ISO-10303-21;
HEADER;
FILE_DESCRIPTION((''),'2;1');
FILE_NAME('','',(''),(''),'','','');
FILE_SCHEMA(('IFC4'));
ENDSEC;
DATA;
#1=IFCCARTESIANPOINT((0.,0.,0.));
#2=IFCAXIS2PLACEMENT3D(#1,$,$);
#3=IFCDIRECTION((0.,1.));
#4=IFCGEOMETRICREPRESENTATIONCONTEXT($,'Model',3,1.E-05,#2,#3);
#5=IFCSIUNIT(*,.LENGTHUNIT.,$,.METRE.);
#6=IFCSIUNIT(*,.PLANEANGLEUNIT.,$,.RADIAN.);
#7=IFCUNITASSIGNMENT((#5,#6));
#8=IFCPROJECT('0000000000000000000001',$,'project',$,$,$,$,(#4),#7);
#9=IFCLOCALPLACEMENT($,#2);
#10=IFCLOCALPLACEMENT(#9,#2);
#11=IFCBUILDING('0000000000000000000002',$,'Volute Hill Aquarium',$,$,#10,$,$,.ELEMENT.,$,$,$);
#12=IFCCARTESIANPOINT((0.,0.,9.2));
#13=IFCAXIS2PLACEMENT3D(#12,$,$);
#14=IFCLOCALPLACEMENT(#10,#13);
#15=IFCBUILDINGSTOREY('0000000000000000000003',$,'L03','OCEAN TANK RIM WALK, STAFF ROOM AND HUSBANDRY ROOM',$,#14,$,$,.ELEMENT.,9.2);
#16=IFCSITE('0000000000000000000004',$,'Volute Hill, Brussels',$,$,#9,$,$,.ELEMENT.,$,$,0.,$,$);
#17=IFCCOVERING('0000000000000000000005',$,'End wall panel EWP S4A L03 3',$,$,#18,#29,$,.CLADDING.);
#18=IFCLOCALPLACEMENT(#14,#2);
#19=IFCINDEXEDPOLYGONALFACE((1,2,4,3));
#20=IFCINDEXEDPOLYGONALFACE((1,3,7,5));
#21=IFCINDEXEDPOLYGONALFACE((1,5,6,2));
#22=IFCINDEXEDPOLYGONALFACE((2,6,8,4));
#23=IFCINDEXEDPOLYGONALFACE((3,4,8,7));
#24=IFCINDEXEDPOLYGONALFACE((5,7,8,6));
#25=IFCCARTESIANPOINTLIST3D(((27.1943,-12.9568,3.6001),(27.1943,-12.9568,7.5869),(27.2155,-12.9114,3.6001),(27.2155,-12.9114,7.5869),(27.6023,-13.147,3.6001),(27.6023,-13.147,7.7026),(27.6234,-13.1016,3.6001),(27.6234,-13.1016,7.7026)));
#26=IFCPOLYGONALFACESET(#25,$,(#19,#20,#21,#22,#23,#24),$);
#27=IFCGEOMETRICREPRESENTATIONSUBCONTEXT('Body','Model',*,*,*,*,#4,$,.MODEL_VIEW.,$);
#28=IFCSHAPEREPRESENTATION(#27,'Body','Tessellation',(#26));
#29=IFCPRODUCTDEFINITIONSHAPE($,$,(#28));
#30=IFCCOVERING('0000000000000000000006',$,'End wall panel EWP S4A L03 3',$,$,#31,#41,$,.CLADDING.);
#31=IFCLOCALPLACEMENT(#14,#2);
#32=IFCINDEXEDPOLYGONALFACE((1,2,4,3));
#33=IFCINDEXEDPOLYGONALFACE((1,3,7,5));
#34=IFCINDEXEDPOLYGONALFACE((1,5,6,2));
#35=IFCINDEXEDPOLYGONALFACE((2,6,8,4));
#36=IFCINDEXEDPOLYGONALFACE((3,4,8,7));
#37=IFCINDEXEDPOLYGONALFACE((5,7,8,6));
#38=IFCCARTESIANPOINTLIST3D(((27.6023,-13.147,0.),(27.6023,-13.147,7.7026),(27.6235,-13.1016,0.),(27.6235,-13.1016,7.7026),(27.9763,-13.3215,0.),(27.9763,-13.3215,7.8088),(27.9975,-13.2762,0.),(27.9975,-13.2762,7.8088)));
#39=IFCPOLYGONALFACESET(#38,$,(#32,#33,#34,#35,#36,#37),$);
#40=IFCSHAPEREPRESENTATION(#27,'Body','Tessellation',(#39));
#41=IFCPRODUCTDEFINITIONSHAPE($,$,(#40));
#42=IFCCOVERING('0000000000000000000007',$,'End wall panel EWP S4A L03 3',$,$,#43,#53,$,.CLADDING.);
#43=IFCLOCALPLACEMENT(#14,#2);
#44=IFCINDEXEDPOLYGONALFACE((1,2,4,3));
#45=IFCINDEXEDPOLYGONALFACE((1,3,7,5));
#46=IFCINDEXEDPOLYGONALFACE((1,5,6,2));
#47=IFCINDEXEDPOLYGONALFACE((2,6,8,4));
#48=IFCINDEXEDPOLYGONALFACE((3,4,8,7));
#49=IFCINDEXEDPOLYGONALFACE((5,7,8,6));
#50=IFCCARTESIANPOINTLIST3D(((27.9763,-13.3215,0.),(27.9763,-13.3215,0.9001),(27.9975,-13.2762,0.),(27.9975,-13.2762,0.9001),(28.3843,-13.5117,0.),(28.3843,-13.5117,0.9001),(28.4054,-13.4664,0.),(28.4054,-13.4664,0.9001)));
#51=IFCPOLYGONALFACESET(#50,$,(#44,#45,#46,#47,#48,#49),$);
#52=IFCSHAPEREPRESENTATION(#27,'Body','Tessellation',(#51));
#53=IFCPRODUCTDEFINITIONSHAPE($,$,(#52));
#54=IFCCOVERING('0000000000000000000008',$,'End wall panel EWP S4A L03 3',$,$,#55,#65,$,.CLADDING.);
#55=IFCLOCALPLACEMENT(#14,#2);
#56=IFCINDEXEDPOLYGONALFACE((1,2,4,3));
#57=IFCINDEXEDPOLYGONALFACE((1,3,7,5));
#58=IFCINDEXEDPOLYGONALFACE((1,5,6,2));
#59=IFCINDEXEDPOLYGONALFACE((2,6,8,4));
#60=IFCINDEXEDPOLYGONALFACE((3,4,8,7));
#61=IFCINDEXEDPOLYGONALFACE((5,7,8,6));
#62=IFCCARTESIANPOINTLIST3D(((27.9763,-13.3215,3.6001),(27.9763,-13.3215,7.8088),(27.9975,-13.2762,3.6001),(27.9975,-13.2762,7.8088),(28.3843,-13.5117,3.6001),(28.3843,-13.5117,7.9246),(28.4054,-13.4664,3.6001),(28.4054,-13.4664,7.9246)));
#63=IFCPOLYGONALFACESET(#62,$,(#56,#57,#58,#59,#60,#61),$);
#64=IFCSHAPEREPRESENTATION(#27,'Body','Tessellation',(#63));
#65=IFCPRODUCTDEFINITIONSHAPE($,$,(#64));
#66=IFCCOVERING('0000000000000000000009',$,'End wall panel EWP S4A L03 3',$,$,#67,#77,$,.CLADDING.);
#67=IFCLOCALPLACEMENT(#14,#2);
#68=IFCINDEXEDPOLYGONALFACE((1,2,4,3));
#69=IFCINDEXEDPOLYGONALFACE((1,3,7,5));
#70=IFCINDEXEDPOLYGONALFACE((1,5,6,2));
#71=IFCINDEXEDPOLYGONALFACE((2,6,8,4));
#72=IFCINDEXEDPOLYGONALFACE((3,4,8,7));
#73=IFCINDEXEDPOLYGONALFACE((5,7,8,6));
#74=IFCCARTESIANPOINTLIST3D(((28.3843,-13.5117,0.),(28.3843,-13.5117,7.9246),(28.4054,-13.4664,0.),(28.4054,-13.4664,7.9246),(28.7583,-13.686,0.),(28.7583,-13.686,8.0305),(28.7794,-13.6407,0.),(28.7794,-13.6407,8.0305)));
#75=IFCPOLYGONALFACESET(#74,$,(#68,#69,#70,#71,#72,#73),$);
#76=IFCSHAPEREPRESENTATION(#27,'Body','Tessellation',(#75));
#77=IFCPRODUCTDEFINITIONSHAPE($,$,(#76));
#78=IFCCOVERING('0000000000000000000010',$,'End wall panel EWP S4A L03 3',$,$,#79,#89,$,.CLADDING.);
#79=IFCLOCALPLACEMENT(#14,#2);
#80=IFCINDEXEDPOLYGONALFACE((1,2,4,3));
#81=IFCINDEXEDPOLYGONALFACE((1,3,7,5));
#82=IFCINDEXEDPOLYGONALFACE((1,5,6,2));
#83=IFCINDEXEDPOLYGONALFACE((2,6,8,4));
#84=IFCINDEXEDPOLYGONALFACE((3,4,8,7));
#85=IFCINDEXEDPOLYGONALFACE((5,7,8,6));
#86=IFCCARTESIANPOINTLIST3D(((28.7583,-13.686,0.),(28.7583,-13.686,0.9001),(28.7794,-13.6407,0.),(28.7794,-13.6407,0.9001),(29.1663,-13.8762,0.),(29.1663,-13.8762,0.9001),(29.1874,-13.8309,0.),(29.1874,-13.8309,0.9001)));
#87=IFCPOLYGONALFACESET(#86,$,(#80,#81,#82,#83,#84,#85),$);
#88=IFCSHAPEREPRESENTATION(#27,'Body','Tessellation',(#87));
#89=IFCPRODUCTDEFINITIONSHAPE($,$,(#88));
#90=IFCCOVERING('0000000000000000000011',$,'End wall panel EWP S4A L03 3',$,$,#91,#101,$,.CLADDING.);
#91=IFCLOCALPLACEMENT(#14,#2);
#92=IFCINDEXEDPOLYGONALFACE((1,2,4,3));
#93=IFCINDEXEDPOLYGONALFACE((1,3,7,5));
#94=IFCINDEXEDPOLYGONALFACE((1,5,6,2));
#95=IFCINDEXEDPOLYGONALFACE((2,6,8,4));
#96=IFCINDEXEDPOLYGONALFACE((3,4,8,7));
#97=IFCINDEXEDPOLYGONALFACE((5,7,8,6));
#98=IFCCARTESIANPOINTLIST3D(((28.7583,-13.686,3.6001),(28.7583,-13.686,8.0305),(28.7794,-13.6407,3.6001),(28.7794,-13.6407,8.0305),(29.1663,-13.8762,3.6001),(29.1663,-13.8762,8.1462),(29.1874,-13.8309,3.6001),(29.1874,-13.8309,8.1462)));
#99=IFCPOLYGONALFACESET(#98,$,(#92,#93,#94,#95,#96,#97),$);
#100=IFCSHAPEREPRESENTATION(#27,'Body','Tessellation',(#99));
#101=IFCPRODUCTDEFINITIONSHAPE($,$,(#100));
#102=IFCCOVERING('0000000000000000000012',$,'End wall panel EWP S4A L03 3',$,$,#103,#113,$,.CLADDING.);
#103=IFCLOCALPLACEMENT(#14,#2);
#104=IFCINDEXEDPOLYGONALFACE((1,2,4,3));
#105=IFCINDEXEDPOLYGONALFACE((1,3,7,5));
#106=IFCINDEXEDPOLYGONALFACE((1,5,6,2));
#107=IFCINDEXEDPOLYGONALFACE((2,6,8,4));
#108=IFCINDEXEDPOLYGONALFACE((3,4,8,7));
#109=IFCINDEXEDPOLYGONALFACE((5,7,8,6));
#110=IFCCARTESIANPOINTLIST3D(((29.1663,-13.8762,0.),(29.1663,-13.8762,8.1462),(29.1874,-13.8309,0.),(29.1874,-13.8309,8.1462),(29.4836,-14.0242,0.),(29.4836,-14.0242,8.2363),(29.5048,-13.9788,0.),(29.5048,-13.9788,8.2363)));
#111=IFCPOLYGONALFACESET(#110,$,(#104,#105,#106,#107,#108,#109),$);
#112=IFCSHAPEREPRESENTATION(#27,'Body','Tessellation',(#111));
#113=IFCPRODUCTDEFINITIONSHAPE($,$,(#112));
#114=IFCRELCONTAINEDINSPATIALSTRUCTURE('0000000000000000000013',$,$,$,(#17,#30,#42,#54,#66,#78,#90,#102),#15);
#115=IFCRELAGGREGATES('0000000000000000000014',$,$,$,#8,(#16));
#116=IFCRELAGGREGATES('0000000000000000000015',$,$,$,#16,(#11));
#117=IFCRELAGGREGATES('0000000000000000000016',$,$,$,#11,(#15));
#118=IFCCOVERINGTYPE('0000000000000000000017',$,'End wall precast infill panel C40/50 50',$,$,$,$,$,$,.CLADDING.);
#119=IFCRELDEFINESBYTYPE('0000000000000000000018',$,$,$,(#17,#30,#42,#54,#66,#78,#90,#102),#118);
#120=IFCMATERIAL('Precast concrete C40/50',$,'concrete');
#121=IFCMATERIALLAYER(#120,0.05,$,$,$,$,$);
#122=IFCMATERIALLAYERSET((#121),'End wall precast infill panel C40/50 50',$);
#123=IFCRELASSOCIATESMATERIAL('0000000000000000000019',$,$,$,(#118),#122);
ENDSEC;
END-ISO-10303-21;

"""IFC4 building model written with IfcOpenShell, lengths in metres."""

from ifc_helpers import new_model, si_unit, direction, frame, origin, place, context, subcontext, project, spatial, polyline, outline, extrude, material, layer, layer_set, type_object, element, save


model = new_model("IFC4")

# Units and contexts
model_context = context("Model", 3, precision=1e-05, world=origin(), true_north=direction((0.0, 1.0)))
body_context = subcontext(model_context, "Body", "Model", "MODEL_VIEW")
ifc_project = project(units=[si_unit("LENGTHUNIT", "METRE"), si_unit("PLANEANGLEUNIT", "RADIAN")], contexts=[model_context])

# Site, building, storey
site_placement = place(None, origin())
site = spatial("IfcSite", under=ifc_project, at=site_placement, Name="Volute Hill, Brussels", CompositionType="ELEMENT", RefElevation=0.0)
building_placement = place(site_placement, origin())
building = spatial("IfcBuilding", under=site, at=building_placement, Name="Volute Hill Aquarium", CompositionType="ELEMENT")
storey_placement = place(building_placement, frame((0.0, 0.0, 9.2)))
storey = spatial("IfcBuildingStorey", under=building, at=storey_placement, Name="L03", Description="OCEAN TANK RIM WALK, STAFF ROOM AND HUSBANDRY ROOM", CompositionType="ELEMENT", Elevation=9.2)

# Coverings
ifc_material_1 = material(Name="Precast concrete C40/50", Category="concrete")
ifc_layer_1 = layer(ifc_material_1, 0.05)
ifc_layer_set_1 = layer_set([ifc_layer_1], Name="End wall precast infill panel C40/50 50")
covering_type_1 = type_object("IfcCoveringType", Name="End wall precast infill panel C40/50 50", PredefinedType="CLADDING", material=ifc_layer_set_1)
covering_1_placement = place(storey_placement, frame((27.1943, -12.9568, 3.6001), z_axis=(-0.422529, -0.906349, 0.0), x_axis=(0.906349, -0.422529, 0.0)))
element("IfcCovering", 1, at=covering_1_placement, inside=storey, type_object=covering_type_1, Name="End wall panel EWP S4A L03 3", PredefinedType="CLADDING", context=body_context, shape_type="SweptSolid", body=[
    extrude(outline(polyline([(0.0, 0.0), (0.4501, 0.0), (0.4501, 4.1025), (0.0, 3.9868), (0.0, 0.0)])), origin(), (0.0, 0.0, -1.0), 0.05),
])
covering_2_placement = place(storey_placement, frame((27.6023, -13.147, 0.0), z_axis=(-0.422918, -0.906168, 0.0), x_axis=(0.906168, -0.422918, 0.0)))
element("IfcCovering", 2, at=covering_2_placement, inside=storey, type_object=covering_type_1, Name="End wall panel EWP S4A L03 3", PredefinedType="CLADDING", context=body_context, shape_type="SweptSolid", body=[
    extrude(outline(polyline([(0.0, 0.0), (0.4128, 0.0), (0.4128, 7.8088), (0.0, 7.7026), (0.0, 0.0)])), origin(), (0.0, 0.0, -1.0), 0.05),
])
covering_3_placement = place(storey_placement, frame((27.9763, -13.3215, 0.0), z_axis=(-0.422529, -0.906349, 0.0), x_axis=(0.906349, -0.422529, 0.0)))
element("IfcCovering", 3, at=covering_3_placement, inside=storey, type_object=covering_type_1, Name="End wall panel EWP S4A L03 3", PredefinedType="CLADDING", context=body_context, shape_type="SweptSolid", body=[
    extrude(outline(polyline([(0.0, 0.0), (0.4501, 0.0), (0.4501, 0.9001), (0.0, 0.9001), (0.0, 0.0)])), origin(), (0.0, 0.0, -1.0), 0.05),
])
covering_4_placement = place(storey_placement, frame((27.9763, -13.3215, 3.6001), z_axis=(-0.422529, -0.906349, 0.0), x_axis=(0.906349, -0.422529, 0.0)))
element("IfcCovering", 4, at=covering_4_placement, inside=storey, type_object=covering_type_1, Name="End wall panel EWP S4A L03 3", PredefinedType="CLADDING", context=body_context, shape_type="SweptSolid", body=[
    extrude(outline(polyline([(0.0, 0.0), (0.4501, 0.0), (0.4501, 4.3245), (0.0, 4.2087), (0.0, 0.0)])), origin(), (0.0, 0.0, -1.0), 0.05),
])
covering_5_placement = place(storey_placement, frame((28.3843, -13.5117, 0.0), z_axis=(-0.422432, -0.906395, 0.0), x_axis=(0.906395, -0.422432, 0.0)))
element("IfcCovering", 5, at=covering_5_placement, inside=storey, type_object=covering_type_1, Name="End wall panel EWP S4A L03 3", PredefinedType="CLADDING", context=body_context, shape_type="SweptSolid", body=[
    extrude(outline(polyline([(0.0, 0.0), (0.4126, 0.0), (0.4126, 8.0305), (0.0, 7.9246), (0.0, 0.0)])), origin(), (0.0, 0.0, -1.0), 0.05),
])
covering_6_placement = place(storey_placement, frame((28.7583, -13.686, 0.0), z_axis=(-0.422529, -0.906349, 0.0), x_axis=(0.906349, -0.422529, 0.0)))
element("IfcCovering", 6, at=covering_6_placement, inside=storey, type_object=covering_type_1, Name="End wall panel EWP S4A L03 3", PredefinedType="CLADDING", context=body_context, shape_type="SweptSolid", body=[
    extrude(outline(polyline([(0.0, 0.0), (0.4501, 0.0), (0.4501, 0.9001), (0.0, 0.9001), (0.0, 0.0)])), origin(), (0.0, 0.0, -1.0), 0.05),
])
covering_7_placement = place(storey_placement, frame((28.7583, -13.686, 3.6001), z_axis=(-0.422529, -0.906349, 0.0), x_axis=(0.906349, -0.422529, 0.0)))
element("IfcCovering", 7, at=covering_7_placement, inside=storey, type_object=covering_type_1, Name="End wall panel EWP S4A L03 3", PredefinedType="CLADDING", context=body_context, shape_type="SweptSolid", body=[
    extrude(outline(polyline([(0.0, 0.0), (0.4501, 0.0), (0.4501, 4.5461), (0.0, 4.4304), (0.0, 0.0)])), origin(), (0.0, 0.0, -1.0), 0.05),
])
covering_8_placement = place(storey_placement, frame((29.1663, -13.8762, 0.0), z_axis=(-0.422504, -0.906361, 0.0), x_axis=(0.906361, -0.422504, 0.0)))
element("IfcCovering", 8, at=covering_8_placement, inside=storey, type_object=covering_type_1, Name="End wall panel EWP S4A L03 3", PredefinedType="CLADDING", context=body_context, shape_type="SweptSolid", body=[
    extrude(outline(polyline([(0.0, 0.0), (0.3502, 0.0), (0.3502, 8.2363), (0.0, 8.1462), (0.0, 0.0)])), origin(), (0.0, 0.0, -1.0), 0.05),
])

save(model, "model.ifc")
